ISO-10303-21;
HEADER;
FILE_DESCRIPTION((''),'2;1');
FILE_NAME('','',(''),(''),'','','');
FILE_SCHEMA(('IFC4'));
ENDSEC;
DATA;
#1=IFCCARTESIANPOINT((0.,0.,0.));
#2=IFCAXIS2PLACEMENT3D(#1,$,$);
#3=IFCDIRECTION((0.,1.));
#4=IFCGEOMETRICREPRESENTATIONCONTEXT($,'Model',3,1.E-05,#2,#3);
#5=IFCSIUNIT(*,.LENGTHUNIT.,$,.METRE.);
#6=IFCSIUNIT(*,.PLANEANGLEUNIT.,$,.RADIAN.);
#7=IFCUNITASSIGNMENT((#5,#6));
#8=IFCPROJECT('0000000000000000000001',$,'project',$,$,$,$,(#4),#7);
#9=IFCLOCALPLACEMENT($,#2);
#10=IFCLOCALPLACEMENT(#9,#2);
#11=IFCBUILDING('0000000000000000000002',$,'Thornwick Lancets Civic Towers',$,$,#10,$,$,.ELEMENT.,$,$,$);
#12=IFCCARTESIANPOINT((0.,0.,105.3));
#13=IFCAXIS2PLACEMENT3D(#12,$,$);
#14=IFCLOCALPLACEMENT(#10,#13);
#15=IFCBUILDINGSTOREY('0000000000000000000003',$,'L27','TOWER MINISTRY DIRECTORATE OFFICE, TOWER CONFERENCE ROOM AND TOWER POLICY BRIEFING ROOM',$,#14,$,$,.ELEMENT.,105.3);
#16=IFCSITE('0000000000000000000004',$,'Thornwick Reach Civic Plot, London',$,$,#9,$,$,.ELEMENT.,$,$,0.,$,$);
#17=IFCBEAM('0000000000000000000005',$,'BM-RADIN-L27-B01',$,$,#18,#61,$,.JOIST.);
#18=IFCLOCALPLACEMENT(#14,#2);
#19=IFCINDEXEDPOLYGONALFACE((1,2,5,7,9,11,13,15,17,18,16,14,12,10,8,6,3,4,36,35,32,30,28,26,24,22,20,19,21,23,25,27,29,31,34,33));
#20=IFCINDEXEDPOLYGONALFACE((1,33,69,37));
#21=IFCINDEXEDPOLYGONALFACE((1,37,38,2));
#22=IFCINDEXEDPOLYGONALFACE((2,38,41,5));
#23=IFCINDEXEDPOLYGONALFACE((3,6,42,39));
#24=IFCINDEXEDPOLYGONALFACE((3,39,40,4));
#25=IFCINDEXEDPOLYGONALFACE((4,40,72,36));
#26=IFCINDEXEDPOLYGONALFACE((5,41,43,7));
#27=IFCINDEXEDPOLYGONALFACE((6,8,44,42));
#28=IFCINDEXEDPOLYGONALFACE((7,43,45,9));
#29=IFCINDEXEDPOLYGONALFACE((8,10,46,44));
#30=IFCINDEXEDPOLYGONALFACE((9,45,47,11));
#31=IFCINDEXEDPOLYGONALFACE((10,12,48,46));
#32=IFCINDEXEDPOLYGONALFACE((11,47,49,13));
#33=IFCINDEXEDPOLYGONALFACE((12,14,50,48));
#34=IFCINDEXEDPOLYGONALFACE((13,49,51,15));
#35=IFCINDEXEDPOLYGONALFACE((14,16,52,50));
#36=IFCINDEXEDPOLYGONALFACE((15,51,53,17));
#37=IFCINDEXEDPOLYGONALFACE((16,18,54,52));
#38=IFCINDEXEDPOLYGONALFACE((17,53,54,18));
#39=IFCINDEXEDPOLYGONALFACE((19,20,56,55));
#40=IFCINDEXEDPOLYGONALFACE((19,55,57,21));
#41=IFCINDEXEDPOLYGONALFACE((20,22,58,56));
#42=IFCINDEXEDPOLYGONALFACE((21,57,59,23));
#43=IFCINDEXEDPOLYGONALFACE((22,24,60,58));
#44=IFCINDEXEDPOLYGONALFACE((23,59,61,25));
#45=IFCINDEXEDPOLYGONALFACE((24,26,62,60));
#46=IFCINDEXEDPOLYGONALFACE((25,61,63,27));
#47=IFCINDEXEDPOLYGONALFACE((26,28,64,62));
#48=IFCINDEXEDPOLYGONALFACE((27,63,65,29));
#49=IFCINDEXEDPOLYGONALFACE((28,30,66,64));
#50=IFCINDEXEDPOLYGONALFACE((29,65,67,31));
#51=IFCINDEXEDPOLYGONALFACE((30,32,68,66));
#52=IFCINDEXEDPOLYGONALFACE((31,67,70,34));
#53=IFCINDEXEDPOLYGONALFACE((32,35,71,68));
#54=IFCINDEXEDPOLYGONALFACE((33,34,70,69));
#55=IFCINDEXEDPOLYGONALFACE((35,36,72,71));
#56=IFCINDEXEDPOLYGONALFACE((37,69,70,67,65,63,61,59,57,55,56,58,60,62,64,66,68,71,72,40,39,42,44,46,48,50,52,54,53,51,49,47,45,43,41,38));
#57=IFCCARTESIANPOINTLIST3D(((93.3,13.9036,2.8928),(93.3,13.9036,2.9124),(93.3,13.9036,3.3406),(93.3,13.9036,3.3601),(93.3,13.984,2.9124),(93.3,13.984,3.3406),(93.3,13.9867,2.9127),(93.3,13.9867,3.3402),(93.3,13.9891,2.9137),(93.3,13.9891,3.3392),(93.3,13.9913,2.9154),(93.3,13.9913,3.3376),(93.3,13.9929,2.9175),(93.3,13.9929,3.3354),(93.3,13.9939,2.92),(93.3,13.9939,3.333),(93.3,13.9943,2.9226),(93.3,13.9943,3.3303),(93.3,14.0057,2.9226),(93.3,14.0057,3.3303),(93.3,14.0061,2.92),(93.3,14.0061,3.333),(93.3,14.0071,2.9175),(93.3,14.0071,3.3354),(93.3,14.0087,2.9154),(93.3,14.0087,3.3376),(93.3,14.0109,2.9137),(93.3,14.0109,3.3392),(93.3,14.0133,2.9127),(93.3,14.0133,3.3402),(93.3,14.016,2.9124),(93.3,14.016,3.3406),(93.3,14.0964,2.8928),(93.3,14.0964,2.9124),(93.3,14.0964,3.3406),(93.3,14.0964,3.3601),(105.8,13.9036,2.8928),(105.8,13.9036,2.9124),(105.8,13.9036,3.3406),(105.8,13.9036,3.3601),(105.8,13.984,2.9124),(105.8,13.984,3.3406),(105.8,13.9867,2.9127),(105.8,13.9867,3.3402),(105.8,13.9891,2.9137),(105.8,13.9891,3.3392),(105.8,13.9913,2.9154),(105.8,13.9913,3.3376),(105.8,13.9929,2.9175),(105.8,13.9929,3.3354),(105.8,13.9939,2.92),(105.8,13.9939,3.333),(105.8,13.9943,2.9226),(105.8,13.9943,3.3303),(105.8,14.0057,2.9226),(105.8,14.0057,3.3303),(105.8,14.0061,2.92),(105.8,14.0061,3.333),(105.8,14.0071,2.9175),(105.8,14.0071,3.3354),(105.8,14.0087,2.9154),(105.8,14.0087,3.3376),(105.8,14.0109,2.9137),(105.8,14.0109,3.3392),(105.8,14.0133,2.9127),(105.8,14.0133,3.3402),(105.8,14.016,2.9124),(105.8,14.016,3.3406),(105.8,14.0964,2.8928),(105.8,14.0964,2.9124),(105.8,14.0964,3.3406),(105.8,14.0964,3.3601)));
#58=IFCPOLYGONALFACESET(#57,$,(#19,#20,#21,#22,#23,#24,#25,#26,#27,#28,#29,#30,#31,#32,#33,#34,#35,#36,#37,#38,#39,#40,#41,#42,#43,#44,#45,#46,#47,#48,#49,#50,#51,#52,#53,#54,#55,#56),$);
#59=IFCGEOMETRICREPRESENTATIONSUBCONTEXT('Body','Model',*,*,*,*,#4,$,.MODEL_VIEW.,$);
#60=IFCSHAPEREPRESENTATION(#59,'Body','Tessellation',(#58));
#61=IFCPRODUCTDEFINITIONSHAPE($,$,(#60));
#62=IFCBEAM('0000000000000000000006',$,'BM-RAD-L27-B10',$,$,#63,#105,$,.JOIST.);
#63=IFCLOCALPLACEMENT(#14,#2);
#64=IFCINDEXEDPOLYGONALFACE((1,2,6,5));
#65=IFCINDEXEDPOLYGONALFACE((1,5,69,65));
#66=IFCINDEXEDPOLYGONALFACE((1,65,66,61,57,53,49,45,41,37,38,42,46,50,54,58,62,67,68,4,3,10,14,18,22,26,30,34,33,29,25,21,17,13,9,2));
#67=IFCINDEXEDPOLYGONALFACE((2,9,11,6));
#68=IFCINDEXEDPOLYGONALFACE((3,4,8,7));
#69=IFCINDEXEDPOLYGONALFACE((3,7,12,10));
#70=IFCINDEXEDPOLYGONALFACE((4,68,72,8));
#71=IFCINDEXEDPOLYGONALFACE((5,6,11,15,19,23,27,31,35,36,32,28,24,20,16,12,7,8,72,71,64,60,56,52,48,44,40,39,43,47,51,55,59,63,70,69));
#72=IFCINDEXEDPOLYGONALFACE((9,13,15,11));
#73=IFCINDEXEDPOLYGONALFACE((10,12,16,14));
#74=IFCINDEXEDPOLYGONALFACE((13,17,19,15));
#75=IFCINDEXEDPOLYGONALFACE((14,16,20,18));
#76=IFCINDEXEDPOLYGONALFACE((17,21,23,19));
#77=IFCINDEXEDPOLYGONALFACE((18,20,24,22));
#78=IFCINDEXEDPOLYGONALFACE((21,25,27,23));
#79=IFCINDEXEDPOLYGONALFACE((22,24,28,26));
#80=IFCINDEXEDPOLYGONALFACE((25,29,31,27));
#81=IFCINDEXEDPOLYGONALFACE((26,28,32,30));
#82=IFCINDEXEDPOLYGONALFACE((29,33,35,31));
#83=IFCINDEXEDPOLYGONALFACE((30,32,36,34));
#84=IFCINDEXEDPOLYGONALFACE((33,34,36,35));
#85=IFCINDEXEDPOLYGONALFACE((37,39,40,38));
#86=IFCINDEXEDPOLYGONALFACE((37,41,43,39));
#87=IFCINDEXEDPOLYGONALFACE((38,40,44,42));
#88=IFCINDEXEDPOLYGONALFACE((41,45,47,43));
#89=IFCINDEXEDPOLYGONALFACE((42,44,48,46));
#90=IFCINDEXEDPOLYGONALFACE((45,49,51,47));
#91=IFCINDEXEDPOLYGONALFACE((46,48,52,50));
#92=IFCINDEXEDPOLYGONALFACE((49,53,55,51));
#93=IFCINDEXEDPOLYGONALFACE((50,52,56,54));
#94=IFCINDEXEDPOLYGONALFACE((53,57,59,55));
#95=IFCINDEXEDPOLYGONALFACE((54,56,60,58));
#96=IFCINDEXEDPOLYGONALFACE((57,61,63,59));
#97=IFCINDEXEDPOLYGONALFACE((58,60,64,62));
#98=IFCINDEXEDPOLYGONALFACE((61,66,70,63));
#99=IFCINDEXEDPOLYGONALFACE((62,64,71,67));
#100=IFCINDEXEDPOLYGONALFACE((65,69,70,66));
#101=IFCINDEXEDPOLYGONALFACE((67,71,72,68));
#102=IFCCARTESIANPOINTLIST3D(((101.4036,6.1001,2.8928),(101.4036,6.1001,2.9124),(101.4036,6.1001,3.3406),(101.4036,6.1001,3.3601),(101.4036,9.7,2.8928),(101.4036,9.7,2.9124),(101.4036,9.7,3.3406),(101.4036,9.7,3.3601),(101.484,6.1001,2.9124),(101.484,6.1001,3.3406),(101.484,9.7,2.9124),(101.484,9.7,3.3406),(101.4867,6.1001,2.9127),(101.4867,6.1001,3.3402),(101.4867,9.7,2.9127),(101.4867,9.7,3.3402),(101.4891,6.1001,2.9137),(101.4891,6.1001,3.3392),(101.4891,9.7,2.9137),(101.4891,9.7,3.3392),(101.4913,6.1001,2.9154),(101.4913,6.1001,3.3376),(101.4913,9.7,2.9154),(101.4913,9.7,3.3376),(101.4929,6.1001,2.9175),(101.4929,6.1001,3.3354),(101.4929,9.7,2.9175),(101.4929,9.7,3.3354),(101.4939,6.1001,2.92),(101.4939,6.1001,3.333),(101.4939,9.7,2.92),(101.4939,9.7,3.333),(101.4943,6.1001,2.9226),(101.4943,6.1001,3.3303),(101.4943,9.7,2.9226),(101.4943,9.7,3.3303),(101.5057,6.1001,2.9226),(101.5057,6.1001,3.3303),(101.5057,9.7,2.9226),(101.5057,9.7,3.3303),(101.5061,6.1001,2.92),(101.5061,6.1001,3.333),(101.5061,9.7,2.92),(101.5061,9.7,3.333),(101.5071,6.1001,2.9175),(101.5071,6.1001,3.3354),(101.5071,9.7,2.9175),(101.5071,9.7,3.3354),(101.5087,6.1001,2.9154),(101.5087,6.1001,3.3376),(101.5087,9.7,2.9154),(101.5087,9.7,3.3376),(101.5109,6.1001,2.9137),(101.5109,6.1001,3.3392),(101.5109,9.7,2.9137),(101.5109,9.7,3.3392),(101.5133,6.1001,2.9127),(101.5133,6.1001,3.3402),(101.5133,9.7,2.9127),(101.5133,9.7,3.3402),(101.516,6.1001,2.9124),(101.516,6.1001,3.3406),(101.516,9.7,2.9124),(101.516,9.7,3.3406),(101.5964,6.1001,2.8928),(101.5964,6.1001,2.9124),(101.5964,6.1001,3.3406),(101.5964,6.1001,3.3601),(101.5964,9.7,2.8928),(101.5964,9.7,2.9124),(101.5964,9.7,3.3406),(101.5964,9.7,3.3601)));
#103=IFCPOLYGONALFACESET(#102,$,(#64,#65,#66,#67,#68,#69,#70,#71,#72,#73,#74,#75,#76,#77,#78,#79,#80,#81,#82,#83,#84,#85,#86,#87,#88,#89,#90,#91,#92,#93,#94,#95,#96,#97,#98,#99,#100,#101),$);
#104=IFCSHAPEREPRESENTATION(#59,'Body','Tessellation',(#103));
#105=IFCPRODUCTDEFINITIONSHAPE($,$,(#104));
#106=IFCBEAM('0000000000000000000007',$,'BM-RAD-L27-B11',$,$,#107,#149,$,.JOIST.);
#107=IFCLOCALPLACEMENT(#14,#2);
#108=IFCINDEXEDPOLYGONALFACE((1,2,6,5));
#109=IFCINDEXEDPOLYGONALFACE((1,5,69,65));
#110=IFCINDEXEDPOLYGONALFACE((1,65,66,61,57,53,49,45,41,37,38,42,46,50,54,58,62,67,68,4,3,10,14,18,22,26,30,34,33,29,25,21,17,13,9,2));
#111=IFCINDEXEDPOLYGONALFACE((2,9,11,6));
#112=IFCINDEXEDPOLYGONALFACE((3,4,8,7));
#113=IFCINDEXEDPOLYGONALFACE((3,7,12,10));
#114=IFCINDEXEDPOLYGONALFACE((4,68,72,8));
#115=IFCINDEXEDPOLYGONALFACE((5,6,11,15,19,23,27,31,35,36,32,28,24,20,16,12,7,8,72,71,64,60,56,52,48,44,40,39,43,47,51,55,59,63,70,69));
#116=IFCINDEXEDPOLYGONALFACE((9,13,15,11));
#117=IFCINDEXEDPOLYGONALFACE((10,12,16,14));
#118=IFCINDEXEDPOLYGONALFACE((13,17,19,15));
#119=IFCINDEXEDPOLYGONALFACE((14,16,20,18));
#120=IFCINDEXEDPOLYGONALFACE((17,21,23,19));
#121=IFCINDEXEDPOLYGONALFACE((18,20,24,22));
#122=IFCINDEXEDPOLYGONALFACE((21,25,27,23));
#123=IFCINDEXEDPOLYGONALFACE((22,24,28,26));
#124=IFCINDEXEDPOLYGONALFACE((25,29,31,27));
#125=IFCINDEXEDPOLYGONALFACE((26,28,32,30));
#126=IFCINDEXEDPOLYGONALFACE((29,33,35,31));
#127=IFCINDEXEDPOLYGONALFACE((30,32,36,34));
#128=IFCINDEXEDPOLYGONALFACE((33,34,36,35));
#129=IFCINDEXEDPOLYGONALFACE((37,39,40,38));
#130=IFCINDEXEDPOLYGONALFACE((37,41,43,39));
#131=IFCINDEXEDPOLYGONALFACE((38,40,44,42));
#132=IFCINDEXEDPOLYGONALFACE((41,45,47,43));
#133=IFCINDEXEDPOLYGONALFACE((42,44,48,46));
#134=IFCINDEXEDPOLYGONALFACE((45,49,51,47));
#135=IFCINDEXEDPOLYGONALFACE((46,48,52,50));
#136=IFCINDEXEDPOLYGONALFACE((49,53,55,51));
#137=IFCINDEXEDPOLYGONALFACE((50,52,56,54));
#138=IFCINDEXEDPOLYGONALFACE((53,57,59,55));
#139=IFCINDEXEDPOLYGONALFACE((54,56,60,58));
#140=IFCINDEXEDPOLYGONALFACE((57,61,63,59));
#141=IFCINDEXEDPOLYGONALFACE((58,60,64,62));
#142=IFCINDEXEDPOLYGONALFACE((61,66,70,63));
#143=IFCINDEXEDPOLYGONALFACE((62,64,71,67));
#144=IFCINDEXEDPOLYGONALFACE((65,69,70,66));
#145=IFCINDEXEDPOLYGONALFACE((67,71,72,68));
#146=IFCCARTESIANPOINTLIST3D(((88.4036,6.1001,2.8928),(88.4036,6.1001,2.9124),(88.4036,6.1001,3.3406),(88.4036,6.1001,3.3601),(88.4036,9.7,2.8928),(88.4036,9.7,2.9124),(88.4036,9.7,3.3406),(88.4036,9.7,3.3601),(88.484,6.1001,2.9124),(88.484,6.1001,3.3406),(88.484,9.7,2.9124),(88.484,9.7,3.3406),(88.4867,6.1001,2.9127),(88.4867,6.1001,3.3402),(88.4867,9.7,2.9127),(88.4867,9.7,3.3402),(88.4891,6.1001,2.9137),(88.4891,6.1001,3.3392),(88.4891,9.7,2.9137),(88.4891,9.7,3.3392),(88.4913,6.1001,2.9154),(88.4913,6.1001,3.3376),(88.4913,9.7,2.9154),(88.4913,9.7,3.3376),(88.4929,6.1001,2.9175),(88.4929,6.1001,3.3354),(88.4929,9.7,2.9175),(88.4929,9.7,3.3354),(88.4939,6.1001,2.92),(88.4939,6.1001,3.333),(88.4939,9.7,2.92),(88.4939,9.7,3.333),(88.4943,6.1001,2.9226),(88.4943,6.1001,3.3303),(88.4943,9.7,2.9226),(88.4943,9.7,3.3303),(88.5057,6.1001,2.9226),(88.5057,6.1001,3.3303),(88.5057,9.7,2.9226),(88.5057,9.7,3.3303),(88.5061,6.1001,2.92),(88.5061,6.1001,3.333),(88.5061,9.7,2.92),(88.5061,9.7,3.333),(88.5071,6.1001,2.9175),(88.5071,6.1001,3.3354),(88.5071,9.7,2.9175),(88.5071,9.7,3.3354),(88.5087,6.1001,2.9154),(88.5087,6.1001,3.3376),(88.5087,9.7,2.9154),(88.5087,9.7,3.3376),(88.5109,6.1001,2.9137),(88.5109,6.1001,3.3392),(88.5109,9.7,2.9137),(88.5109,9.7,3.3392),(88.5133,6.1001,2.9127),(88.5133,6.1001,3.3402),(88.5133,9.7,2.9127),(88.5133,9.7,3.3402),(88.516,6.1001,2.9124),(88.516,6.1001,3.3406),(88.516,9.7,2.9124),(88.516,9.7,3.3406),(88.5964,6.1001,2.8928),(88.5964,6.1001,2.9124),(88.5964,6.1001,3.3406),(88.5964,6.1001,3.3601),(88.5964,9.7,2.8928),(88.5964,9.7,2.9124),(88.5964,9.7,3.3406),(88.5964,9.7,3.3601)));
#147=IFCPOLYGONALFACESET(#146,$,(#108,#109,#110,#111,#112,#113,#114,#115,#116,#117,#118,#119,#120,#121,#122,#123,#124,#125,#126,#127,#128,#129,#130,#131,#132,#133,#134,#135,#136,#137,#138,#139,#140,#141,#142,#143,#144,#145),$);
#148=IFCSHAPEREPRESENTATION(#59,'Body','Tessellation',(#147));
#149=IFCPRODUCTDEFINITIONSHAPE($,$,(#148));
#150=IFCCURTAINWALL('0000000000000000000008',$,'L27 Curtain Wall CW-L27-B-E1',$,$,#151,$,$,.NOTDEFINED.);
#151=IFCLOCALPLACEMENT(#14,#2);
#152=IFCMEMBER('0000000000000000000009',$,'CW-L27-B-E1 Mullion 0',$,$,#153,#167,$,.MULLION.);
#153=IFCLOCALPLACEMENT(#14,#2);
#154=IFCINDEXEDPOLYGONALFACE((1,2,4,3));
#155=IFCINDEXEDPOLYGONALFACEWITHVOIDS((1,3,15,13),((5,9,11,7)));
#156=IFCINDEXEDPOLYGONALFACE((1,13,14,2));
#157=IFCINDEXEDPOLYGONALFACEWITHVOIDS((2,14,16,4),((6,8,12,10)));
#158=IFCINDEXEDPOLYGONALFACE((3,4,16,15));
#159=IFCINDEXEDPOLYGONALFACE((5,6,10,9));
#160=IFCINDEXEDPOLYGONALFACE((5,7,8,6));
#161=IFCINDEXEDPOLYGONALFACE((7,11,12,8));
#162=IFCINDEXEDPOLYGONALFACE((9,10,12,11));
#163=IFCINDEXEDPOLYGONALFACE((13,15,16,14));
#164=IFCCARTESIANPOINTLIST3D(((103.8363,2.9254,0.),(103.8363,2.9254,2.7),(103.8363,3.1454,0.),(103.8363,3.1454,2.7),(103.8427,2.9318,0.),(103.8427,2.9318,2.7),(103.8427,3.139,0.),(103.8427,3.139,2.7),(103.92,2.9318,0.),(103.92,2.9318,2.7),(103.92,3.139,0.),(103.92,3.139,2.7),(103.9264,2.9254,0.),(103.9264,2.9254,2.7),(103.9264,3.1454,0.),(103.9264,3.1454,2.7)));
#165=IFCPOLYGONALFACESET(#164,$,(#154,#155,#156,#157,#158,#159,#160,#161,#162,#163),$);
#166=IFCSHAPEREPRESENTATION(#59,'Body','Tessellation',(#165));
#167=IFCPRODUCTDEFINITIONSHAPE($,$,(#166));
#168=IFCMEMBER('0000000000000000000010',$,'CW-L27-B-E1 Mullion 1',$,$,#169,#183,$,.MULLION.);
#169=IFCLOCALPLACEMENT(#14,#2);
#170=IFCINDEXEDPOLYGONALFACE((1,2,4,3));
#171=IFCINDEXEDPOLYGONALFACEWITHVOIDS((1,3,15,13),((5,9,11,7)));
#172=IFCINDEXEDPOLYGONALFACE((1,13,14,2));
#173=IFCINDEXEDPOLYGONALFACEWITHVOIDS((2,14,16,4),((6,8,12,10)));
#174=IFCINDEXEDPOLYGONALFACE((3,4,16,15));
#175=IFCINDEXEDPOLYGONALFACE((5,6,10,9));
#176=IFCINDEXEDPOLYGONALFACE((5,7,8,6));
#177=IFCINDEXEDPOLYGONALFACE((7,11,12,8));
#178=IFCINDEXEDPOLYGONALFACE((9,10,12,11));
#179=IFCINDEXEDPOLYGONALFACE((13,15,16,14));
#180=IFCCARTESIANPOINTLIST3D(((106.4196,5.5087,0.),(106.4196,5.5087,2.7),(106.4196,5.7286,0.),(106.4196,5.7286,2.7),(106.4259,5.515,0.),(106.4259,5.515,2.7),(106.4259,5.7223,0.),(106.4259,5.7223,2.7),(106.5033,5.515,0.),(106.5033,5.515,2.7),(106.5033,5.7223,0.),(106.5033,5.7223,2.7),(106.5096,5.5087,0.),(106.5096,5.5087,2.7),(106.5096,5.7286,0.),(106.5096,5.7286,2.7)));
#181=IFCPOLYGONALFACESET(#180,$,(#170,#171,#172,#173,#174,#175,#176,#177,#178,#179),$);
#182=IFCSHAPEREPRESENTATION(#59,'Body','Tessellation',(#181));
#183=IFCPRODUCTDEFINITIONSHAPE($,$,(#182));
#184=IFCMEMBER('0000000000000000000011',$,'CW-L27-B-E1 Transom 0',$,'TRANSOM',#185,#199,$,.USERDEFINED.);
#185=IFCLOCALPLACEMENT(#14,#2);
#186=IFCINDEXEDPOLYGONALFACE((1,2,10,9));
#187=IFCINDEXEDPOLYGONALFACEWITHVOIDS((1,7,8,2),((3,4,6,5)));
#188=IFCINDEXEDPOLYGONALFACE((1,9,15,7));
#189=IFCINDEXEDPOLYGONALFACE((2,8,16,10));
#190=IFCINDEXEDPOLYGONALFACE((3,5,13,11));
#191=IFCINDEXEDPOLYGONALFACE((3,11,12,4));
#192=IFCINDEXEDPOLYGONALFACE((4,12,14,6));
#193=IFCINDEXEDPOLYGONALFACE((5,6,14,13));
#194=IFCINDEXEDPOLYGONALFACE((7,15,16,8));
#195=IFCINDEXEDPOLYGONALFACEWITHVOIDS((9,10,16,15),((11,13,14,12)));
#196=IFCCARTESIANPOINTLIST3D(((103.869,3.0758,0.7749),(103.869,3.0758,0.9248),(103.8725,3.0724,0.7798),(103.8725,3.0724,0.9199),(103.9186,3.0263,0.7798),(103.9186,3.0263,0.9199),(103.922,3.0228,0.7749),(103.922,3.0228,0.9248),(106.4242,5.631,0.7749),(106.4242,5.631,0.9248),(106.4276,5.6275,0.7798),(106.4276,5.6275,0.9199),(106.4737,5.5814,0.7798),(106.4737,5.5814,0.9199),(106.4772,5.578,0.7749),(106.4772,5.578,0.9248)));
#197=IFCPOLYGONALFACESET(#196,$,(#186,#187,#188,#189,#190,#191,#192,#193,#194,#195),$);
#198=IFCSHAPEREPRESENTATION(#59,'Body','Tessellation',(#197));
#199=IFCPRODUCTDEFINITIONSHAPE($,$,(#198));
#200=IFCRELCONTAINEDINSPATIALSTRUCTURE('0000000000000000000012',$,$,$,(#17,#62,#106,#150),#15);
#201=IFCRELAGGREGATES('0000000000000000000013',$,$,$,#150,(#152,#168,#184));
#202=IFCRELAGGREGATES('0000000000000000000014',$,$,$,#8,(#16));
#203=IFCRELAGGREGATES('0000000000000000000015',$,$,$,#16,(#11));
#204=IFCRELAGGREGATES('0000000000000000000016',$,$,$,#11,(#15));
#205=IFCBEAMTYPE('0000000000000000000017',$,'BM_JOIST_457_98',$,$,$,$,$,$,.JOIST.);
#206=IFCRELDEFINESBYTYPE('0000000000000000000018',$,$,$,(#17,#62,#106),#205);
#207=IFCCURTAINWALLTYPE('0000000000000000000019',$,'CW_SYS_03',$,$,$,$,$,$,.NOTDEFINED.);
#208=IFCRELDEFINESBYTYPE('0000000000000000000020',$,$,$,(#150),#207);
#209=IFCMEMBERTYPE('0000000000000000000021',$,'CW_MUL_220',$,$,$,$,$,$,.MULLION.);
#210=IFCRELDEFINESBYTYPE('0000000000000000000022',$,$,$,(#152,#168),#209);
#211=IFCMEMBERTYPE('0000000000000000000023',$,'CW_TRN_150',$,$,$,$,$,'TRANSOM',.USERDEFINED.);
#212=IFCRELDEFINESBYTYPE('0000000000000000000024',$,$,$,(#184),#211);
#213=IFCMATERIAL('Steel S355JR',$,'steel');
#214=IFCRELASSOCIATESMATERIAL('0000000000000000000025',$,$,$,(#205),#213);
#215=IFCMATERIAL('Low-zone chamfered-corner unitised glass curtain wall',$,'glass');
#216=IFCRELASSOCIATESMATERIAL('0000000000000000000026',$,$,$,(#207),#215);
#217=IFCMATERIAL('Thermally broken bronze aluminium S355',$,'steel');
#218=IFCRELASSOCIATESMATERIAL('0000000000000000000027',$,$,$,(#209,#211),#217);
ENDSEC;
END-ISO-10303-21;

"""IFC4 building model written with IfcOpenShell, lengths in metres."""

from ifc_helpers import new_model, si_unit, direction, frame, origin, origin_2d, place, context, subcontext, project, spatial, hollow_rectangle, i_section, extrude, material, material_profile, profile_set, type_object, element, aggregate, save


model = new_model("IFC4")

# Units and contexts
model_context = context("Model", 3, precision=1e-05, world=origin(), true_north=direction((0.0, 1.0)))
body_context = subcontext(model_context, "Body", "Model", "MODEL_VIEW")
ifc_project = project(units=[si_unit("LENGTHUNIT", "METRE"), si_unit("PLANEANGLEUNIT", "RADIAN")], contexts=[model_context])

# Site, building, storey
site_placement = place(None, origin())
site = spatial("IfcSite", under=ifc_project, at=site_placement, Name="Thornwick Reach Civic Plot, London", CompositionType="ELEMENT", RefElevation=0.0)
building_placement = place(site_placement, origin())
building = spatial("IfcBuilding", under=site, at=building_placement, Name="Thornwick Lancets Civic Towers", CompositionType="ELEMENT")
storey_placement = place(building_placement, frame((0.0, 0.0, 105.3)))
storey = spatial("IfcBuildingStorey", under=building, at=storey_placement, Name="L27", Description="TOWER MINISTRY DIRECTORATE OFFICE, TOWER CONFERENCE ROOM AND TOWER POLICY BRIEFING ROOM", CompositionType="ELEMENT", Elevation=105.3)

# Beams
ifc_material_1 = material(Name="Steel S355JR", Category="steel")
ifc_material_profile_1 = material_profile(ifc_material_1, i_section(OverallWidth=0.1929, OverallDepth=0.4673, WebThickness=0.0115, FlangeThickness=0.0195, FilletRadius=0.0103, at=origin_2d()), Name="UKB 457x191x98")
ifc_profile_set_1 = profile_set([ifc_material_profile_1], Name="Steel S355JR")
beam_type_1 = type_object("IfcBeamType", Name="BM_JOIST_457_98", PredefinedType="JOIST", material=ifc_profile_set_1)
beam_1_placement = place(storey_placement, frame((93.3, 14.0, 3.1265), z_axis=(1.0, 0.0, 0.0), x_axis=(0.0, 1.0, 0.0)))
element("IfcBeam", 1, at=beam_1_placement, inside=storey, type_object=beam_type_1, Name="BM-RADIN-L27-B01", PredefinedType="JOIST", context=body_context, shape_type="SweptSolid", body=[
    extrude(i_section(OverallWidth=0.1929, OverallDepth=0.4673, WebThickness=0.0115, FlangeThickness=0.0195, FilletRadius=0.0103, at=origin_2d()), origin(), (0.0, 0.0, 1.0), 12.5),
])
for number, where, z_axis, x_axis, name in (
    (2, (101.5, 9.7, 3.1265), (0.0, -1.0, 0.0), (1.0, 0.0, 0.0), "BM-RAD-L27-B10"),
    (3, (88.5, 9.7, 3.1265), (0.0, -1.0, 0.0), (1.0, 0.0, 0.0), "BM-RAD-L27-B11"),
):
    element("IfcBeam", number, at=place(storey_placement, frame(where, z_axis=z_axis, x_axis=x_axis)), inside=storey, type_object=beam_type_1, Name=name, PredefinedType="JOIST", context=body_context, shape_type="SweptSolid", body=[
        extrude(i_section(OverallWidth=0.1929, OverallDepth=0.4673, WebThickness=0.0115, FlangeThickness=0.0195, FilletRadius=0.0103, at=origin_2d()), origin(), (0.0, 0.0, 1.0), 3.5999),
    ])

# Curtain wall, members
ifc_material_2 = material(Name="Low-zone chamfered-corner unitised glass curtain wall", Category="glass")
curtain_wall_type = type_object("IfcCurtainWallType", Name="CW_SYS_03", PredefinedType="NOTDEFINED", material=ifc_material_2)
curtain_wall_placement = place(storey_placement, origin())
curtain_wall = element("IfcCurtainWall", 4, at=curtain_wall_placement, inside=storey, type_object=curtain_wall_type, Name="L27 Curtain Wall CW-L27-B-E1", PredefinedType="NOTDEFINED")
ifc_material_3 = material(Name="Thermally broken bronze aluminium S355", Category="steel")
ifc_material_profile_2 = material_profile(ifc_material_3, hollow_rectangle(XDim=0.0901, YDim=0.22, WallThickness=0.0063, at=origin_2d()), Name="RHS 220x90x6.3")
ifc_profile_set_2 = profile_set([ifc_material_profile_2], Name="Thermally broken bronze aluminium S355")
member_type_1 = type_object("IfcMemberType", Name="CW_MUL_220", PredefinedType="MULLION", material=ifc_profile_set_2)
member_1_placement = place(storey_placement, frame((103.8813, 3.0354, 0.0), z_axis=(0.0, 0.0, 1.0), x_axis=(1.0, 0.0, 0.0)))
member_1 = element("IfcMember", 5, at=member_1_placement, type_object=member_type_1, Name="CW-L27-B-E1 Mullion 0", PredefinedType="MULLION", context=body_context, shape_type="SweptSolid", body=[
    extrude(hollow_rectangle(XDim=0.0901, YDim=0.22, WallThickness=0.0063, at=origin_2d()), origin(), (0.0, 0.0, 1.0), 2.7),
])
member_2_placement = place(storey_placement, frame((106.4646, 5.6187, 0.0), z_axis=(0.0, 0.0, 1.0), x_axis=(1.0, 0.0, 0.0)))
member_2 = element("IfcMember", 6, at=member_2_placement, type_object=member_type_1, Name="CW-L27-B-E1 Mullion 1", PredefinedType="MULLION", context=body_context, shape_type="SweptSolid", body=[
    extrude(hollow_rectangle(XDim=0.0901, YDim=0.22, WallThickness=0.0063, at=origin_2d()), origin(), (0.0, 0.0, 1.0), 2.7),
])
ifc_material_profile_3 = material_profile(ifc_material_3, hollow_rectangle(XDim=0.075, YDim=0.1499, WallThickness=0.0049, at=origin_2d()), Name="RHS 150x75x5")
ifc_profile_set_3 = profile_set([ifc_material_profile_3], Name="Thermally broken bronze aluminium S355")
member_type_2 = type_object("IfcMemberType", Name="CW_TRN_150", ElementType="TRANSOM", PredefinedType="USERDEFINED", material=ifc_profile_set_3)
member_3_placement = place(storey_placement, frame((103.8955, 3.0493, 0.8499), z_axis=(0.707107, 0.707107, 0.0), x_axis=(-0.707107, 0.707107, 0.0)))
member_3 = element("IfcMember", 7, at=member_3_placement, type_object=member_type_2, Name="CW-L27-B-E1 Transom 0", ObjectType="TRANSOM", PredefinedType="USERDEFINED", context=body_context, shape_type="SweptSolid", body=[
    extrude(hollow_rectangle(XDim=0.075, YDim=0.1499, WallThickness=0.0049, at=origin_2d()), origin(), (0.0, 0.0, 1.0), 3.6135),
])
aggregate(curtain_wall, [member_1, member_2, member_3])

save(model, "model.ifc")
